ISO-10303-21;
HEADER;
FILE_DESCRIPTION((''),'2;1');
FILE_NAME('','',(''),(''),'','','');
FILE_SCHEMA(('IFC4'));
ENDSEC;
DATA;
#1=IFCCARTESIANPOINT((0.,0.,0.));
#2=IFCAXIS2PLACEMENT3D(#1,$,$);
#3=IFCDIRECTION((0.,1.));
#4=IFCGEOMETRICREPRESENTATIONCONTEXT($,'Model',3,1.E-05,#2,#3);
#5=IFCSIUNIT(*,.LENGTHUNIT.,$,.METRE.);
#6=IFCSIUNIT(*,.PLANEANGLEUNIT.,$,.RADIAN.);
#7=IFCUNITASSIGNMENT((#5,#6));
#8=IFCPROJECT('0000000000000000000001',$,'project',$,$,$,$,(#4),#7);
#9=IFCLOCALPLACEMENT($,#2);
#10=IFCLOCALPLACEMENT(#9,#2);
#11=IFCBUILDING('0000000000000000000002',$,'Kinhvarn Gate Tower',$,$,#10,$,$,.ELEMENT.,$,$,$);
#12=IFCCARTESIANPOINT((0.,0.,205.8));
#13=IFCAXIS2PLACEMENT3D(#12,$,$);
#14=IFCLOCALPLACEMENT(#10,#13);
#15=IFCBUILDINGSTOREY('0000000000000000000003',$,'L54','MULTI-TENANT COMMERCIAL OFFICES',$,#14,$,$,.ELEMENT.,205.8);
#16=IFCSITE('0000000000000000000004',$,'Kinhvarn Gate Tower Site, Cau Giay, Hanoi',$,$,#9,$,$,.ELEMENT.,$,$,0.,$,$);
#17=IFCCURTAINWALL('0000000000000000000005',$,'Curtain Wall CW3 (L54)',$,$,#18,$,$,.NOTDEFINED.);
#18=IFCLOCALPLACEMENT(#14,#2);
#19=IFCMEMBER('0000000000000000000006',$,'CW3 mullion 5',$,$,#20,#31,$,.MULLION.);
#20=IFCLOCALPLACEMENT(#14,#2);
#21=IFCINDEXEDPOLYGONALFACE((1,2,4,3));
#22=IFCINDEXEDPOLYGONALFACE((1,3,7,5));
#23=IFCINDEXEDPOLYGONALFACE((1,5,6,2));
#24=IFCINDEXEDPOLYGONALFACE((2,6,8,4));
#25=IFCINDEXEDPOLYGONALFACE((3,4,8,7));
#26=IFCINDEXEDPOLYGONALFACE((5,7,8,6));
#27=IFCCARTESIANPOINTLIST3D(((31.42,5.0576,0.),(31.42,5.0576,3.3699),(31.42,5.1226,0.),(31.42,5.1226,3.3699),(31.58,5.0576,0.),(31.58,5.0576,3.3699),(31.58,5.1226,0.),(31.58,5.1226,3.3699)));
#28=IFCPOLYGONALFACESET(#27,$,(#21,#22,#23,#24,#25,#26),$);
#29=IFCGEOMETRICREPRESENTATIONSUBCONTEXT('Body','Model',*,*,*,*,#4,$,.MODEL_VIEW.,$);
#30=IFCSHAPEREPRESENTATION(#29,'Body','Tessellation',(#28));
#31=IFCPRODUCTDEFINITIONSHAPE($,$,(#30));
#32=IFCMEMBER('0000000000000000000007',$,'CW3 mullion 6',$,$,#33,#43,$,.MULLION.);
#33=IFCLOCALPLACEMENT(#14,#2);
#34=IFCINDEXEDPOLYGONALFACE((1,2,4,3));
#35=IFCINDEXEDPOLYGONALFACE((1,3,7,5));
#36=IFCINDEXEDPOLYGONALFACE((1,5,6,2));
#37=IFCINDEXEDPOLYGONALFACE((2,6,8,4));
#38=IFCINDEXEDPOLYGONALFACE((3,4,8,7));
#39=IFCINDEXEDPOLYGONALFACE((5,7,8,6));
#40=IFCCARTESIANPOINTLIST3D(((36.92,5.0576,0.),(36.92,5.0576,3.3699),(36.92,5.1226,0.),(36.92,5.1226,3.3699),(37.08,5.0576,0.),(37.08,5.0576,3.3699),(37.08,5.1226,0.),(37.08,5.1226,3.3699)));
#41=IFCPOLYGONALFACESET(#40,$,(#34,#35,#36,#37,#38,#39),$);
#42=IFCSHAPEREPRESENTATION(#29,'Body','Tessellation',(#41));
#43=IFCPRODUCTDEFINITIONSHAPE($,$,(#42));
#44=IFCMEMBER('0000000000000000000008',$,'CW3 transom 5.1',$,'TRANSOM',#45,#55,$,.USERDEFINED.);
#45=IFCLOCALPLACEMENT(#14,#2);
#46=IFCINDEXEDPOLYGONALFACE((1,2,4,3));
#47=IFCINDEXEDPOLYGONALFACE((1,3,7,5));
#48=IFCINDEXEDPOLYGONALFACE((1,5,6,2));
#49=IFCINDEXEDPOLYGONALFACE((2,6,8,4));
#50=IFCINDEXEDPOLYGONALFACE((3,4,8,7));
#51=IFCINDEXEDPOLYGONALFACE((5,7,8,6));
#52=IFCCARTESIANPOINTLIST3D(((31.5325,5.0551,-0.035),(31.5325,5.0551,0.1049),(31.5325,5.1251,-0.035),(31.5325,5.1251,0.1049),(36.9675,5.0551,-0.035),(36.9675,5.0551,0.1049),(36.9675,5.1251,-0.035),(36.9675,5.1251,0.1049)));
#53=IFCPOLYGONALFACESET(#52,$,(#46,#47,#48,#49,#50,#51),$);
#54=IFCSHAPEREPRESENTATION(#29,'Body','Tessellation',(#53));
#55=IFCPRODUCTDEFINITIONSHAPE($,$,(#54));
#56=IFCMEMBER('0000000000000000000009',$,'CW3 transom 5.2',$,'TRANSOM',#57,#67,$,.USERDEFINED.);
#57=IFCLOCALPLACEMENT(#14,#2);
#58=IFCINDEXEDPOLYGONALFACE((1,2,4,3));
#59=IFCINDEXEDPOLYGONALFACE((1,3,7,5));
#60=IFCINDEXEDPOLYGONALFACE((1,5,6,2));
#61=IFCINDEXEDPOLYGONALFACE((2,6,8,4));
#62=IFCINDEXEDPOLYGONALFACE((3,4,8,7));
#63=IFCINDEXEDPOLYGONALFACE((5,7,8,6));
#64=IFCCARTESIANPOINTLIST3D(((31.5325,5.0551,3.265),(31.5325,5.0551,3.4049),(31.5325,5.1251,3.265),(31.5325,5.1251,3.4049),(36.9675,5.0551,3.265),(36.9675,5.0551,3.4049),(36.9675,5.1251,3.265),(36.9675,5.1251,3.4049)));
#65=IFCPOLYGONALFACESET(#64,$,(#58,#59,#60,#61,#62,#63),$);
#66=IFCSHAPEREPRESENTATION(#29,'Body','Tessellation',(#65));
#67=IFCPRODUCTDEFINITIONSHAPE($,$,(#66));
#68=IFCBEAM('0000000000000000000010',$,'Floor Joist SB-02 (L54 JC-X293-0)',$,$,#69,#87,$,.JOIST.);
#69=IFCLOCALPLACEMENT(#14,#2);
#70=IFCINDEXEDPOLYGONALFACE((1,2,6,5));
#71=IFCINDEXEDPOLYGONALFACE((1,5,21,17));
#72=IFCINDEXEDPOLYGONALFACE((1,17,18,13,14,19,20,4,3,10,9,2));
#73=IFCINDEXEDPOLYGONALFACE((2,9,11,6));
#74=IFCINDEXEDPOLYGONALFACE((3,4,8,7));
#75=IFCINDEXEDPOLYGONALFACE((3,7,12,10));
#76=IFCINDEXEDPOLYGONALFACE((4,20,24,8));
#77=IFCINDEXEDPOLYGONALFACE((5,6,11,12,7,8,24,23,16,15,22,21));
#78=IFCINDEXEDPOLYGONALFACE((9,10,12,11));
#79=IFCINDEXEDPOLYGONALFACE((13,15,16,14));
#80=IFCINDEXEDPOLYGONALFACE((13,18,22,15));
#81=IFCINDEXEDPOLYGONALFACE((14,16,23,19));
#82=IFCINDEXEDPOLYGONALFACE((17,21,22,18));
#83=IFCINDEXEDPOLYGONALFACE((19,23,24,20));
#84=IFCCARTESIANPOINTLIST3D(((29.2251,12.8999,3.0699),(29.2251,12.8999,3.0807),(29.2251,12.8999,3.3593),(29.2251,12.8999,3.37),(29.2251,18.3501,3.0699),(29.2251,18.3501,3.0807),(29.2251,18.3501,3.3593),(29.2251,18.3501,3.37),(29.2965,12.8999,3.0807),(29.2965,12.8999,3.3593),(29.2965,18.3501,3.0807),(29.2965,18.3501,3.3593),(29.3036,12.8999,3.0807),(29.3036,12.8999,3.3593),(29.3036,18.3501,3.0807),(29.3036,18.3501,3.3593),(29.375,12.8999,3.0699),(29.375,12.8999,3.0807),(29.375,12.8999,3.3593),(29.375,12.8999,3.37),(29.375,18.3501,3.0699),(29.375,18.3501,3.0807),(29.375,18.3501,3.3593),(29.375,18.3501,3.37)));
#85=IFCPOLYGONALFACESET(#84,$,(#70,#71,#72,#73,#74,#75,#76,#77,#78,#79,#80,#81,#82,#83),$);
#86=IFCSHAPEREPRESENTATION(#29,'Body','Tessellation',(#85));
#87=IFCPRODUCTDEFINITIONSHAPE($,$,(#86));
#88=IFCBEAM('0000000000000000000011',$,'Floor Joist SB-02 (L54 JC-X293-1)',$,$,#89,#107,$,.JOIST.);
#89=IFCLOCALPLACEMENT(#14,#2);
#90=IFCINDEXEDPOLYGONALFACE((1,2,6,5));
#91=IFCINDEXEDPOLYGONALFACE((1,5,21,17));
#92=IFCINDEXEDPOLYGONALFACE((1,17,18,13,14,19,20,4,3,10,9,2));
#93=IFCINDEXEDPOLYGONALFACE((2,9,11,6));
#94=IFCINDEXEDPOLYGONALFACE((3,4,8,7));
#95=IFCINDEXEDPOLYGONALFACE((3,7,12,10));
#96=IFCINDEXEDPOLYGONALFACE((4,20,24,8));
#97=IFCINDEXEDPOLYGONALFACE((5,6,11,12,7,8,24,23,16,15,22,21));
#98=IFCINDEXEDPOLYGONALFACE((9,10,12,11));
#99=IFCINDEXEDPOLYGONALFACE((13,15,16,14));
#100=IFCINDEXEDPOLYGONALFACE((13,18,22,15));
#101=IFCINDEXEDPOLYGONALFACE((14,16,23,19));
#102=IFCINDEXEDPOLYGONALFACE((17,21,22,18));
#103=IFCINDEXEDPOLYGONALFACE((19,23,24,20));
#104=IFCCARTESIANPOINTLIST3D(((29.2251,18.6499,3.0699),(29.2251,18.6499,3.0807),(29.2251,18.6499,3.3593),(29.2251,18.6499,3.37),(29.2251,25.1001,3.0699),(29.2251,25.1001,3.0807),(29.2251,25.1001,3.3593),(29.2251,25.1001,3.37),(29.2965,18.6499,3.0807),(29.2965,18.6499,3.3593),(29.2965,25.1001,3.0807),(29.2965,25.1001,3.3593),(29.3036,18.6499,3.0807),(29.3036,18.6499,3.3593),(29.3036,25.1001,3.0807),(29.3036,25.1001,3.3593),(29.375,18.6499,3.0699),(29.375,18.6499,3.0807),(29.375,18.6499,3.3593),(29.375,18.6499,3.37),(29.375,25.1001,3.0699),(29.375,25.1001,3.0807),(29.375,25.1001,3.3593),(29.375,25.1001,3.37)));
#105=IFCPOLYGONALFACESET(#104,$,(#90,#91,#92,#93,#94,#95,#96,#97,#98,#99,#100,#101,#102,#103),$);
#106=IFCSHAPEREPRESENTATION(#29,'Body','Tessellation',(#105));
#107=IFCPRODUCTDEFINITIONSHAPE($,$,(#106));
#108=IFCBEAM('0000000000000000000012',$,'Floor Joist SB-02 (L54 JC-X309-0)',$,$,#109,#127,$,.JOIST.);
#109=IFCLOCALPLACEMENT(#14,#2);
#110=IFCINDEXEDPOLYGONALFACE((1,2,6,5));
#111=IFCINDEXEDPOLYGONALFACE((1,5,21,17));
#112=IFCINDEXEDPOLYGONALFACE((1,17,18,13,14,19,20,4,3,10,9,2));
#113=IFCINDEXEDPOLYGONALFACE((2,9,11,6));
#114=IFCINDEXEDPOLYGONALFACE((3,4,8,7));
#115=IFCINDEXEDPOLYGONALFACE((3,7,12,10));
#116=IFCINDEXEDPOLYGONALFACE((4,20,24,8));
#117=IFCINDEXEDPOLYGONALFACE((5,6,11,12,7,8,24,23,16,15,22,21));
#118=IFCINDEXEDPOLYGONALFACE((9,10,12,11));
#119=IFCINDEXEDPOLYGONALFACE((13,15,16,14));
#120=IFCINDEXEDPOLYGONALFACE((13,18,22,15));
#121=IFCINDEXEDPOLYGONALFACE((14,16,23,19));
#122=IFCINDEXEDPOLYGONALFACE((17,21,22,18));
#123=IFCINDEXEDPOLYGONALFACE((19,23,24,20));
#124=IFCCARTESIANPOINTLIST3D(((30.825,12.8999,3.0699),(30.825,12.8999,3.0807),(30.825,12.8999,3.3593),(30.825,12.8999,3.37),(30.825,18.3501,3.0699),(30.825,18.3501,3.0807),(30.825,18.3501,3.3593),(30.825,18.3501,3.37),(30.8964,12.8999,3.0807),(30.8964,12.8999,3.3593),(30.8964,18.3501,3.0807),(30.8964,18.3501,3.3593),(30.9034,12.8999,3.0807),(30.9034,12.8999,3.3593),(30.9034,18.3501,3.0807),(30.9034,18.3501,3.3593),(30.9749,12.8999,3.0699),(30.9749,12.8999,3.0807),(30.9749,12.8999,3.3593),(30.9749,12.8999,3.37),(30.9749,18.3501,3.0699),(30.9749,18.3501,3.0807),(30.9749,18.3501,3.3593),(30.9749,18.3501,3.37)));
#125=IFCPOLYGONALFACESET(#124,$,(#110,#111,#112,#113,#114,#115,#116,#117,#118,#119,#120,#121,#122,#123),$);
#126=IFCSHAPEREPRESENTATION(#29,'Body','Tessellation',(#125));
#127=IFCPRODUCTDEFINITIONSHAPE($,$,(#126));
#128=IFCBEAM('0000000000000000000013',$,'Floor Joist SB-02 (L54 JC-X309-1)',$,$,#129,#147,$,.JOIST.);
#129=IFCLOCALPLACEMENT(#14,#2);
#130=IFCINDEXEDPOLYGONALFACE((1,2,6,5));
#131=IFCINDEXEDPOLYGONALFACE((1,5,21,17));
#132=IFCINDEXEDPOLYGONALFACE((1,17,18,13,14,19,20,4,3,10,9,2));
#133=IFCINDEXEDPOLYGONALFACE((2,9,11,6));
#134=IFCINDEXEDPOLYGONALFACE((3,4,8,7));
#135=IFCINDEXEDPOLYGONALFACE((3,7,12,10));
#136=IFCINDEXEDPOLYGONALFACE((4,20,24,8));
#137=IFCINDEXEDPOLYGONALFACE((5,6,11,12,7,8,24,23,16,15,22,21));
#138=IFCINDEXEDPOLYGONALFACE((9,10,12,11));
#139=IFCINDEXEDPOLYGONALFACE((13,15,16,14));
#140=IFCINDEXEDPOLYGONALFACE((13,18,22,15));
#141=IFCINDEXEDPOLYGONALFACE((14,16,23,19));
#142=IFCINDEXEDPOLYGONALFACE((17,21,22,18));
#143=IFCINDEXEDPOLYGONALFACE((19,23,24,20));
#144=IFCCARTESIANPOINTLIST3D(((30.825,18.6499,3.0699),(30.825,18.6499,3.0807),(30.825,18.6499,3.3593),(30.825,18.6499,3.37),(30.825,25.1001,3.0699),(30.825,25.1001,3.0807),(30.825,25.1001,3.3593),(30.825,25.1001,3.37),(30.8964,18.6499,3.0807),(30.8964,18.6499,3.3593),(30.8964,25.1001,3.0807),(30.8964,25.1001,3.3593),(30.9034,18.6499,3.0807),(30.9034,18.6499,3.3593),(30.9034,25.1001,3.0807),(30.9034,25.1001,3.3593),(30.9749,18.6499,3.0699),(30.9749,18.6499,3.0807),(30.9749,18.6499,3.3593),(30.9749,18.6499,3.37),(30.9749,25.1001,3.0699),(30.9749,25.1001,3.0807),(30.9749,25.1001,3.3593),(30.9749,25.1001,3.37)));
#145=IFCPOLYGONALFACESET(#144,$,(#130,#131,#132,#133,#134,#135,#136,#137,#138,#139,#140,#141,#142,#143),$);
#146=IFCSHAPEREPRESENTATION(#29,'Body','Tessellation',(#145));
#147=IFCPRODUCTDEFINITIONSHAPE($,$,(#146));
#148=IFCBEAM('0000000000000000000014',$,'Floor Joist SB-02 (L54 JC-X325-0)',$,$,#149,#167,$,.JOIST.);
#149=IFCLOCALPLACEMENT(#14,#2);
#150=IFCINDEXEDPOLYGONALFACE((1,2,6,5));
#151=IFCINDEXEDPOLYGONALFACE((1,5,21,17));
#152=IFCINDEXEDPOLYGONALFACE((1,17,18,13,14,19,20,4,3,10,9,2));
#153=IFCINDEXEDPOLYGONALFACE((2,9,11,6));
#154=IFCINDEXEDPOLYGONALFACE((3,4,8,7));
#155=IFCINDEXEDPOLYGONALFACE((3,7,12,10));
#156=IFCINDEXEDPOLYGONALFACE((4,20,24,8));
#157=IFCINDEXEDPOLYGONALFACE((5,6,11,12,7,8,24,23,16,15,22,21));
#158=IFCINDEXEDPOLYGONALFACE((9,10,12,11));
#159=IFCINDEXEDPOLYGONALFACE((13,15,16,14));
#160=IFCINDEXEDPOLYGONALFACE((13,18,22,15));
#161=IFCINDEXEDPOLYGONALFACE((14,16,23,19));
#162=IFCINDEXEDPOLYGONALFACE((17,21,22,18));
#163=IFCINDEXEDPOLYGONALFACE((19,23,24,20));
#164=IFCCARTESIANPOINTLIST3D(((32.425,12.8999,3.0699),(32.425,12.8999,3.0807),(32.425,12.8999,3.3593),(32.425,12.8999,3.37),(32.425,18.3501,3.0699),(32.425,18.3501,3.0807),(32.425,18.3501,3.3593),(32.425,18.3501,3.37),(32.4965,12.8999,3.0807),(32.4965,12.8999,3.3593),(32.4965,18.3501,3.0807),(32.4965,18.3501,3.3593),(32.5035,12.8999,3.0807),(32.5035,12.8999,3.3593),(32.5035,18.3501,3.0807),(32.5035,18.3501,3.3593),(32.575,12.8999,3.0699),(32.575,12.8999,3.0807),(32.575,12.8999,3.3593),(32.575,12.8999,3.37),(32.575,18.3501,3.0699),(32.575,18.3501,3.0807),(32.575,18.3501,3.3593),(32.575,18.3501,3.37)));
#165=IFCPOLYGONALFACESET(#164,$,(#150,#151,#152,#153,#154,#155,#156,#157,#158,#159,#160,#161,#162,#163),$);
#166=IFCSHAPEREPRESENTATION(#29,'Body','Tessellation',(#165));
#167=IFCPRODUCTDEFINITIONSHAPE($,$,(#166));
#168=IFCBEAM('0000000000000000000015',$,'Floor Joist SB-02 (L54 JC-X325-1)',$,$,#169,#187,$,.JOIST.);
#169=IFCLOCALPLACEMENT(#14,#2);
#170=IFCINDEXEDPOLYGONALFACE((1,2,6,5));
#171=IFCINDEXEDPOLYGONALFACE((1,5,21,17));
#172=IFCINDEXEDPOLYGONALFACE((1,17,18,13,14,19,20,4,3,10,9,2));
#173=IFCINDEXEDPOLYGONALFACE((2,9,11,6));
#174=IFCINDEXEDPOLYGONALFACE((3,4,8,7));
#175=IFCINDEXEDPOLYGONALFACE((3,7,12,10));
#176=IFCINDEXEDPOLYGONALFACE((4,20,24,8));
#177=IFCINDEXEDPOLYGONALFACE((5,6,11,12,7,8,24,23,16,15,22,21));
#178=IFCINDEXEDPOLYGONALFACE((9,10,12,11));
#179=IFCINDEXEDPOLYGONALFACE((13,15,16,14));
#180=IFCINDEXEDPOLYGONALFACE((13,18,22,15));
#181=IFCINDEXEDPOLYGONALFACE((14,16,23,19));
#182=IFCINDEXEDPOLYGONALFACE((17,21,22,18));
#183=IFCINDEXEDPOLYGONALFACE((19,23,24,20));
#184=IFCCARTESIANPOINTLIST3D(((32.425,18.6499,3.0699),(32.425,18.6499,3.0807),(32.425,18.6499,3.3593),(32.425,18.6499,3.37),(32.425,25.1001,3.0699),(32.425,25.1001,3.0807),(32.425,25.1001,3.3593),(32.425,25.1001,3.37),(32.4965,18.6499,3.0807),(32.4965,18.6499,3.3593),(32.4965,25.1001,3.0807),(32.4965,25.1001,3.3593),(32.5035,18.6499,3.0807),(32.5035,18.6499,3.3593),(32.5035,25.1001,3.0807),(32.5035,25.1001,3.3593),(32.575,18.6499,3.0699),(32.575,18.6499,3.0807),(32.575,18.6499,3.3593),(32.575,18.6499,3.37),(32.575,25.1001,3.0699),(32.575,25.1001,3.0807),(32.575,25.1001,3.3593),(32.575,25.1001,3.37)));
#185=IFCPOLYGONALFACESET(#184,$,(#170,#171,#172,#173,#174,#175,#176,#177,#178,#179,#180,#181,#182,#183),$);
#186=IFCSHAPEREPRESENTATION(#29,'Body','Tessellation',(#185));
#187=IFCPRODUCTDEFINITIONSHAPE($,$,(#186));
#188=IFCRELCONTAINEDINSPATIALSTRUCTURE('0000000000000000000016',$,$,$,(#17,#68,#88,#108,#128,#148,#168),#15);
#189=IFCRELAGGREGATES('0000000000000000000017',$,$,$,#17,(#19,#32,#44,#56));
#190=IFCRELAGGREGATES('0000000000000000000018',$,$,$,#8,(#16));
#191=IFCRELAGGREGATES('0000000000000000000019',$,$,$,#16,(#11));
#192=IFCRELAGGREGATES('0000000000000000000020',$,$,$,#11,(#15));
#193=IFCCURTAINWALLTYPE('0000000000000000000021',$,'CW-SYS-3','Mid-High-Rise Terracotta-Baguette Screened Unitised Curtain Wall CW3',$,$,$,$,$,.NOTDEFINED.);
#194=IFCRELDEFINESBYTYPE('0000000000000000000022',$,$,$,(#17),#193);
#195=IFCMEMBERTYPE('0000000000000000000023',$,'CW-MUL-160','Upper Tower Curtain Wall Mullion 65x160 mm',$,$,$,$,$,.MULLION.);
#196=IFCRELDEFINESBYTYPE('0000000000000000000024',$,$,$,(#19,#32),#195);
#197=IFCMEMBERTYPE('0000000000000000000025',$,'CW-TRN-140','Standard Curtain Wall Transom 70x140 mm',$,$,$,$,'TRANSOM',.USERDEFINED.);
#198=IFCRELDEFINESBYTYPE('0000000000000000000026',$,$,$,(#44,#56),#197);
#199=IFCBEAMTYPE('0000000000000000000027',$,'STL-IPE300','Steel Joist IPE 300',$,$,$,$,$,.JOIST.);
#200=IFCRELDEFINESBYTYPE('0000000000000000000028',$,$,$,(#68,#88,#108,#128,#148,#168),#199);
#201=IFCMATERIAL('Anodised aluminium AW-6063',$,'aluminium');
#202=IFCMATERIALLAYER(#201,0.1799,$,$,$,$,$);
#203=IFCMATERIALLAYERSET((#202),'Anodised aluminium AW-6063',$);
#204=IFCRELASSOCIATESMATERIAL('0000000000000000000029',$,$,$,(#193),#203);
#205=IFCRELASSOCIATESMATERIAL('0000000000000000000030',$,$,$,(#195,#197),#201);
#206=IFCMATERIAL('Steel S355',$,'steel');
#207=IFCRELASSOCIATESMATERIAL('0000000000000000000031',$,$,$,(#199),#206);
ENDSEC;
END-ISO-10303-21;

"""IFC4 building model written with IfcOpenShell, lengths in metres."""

from ifc_helpers import new_model, si_unit, direction, frame, origin, origin_2d, place, context, subcontext, project, spatial, rectangle, i_section, extrude, material, layer, layer_set, material_profile, profile_set, type_object, element, aggregate, save


model = new_model("IFC4")

# Units and contexts
model_context = context("Model", 3, precision=1e-05, world=origin(), true_north=direction((0.0, 1.0)))
body_context = subcontext(model_context, "Body", "Model", "MODEL_VIEW")
ifc_project = project(units=[si_unit("LENGTHUNIT", "METRE"), si_unit("PLANEANGLEUNIT", "RADIAN")], contexts=[model_context])

# Site, building, storey
site_placement = place(None, origin())
site = spatial("IfcSite", under=ifc_project, at=site_placement, Name="Kinhvarn Gate Tower Site, Cau Giay, Hanoi", CompositionType="ELEMENT", RefElevation=0.0)
building_placement = place(site_placement, origin())
building = spatial("IfcBuilding", under=site, at=building_placement, Name="Kinhvarn Gate Tower", CompositionType="ELEMENT")
storey_placement = place(building_placement, frame((0.0, 0.0, 205.8)))
storey = spatial("IfcBuildingStorey", under=building, at=storey_placement, Name="L54", Description="MULTI-TENANT COMMERCIAL OFFICES", CompositionType="ELEMENT", Elevation=205.8)

# Curtain wall, members
ifc_material_1 = material(Name="Anodised aluminium AW-6063", Category="aluminium")
ifc_layer_1 = layer(ifc_material_1, 0.1799)
ifc_layer_set_1 = layer_set([ifc_layer_1], Name="Anodised aluminium AW-6063")
curtain_wall_type = type_object("IfcCurtainWallType", Name="CW-SYS-3", Description="Mid-High-Rise Terracotta-Baguette Screened Unitised Curtain Wall CW3", PredefinedType="NOTDEFINED", material=ifc_layer_set_1)
curtain_wall_placement = place(storey_placement, origin())
curtain_wall = element("IfcCurtainWall", 1, at=curtain_wall_placement, inside=storey, type_object=curtain_wall_type, Name="Curtain Wall CW3 (L54)", PredefinedType="NOTDEFINED")
ifc_material_profile_1 = material_profile(ifc_material_1, rectangle(XDim=0.0649, YDim=0.1599, at=origin_2d()), Name="ALU 65x160")
ifc_profile_set_1 = profile_set([ifc_material_profile_1], Name="Anodised aluminium AW-6063")
member_type_1 = type_object("IfcMemberType", Name="CW-MUL-160", Description="Upper Tower Curtain Wall Mullion 65x160 mm", PredefinedType="MULLION", material=ifc_profile_set_1)
member_1_placement = place(storey_placement, frame((31.5, 5.0901, 0.0), z_axis=(0.0, 0.0, 1.0), x_axis=(0.0, 1.0, 0.0)))
member_1 = element("IfcMember", 2, at=member_1_placement, type_object=member_type_1, Name="CW3 mullion 5", PredefinedType="MULLION", context=body_context, shape_type="SweptSolid", body=[
    extrude(rectangle(XDim=0.0649, YDim=0.1599, at=origin_2d()), origin(), (0.0, 0.0, 1.0), 3.3699),
])
member_2_placement = place(storey_placement, frame((37.0, 5.0901, 0.0), z_axis=(0.0, 0.0, 1.0), x_axis=(0.0, 1.0, 0.0)))
member_2 = element("IfcMember", 3, at=member_2_placement, type_object=member_type_1, Name="CW3 mullion 6", PredefinedType="MULLION", context=body_context, shape_type="SweptSolid", body=[
    extrude(rectangle(XDim=0.0649, YDim=0.1599, at=origin_2d()), origin(), (0.0, 0.0, 1.0), 3.3699),
])
ifc_material_profile_2 = material_profile(ifc_material_1, rectangle(XDim=0.0701, YDim=0.1399, at=origin_2d()), Name="ALU 70x140")
ifc_profile_set_2 = profile_set([ifc_material_profile_2], Name="Anodised aluminium AW-6063")
member_type_2 = type_object("IfcMemberType", Name="CW-TRN-140", Description="Standard Curtain Wall Transom 70x140 mm", ElementType="TRANSOM", PredefinedType="USERDEFINED", material=ifc_profile_set_2)
member_3_placement = place(storey_placement, frame((31.5325, 5.0901, 0.0349), z_axis=(1.0, 0.0, 0.0), x_axis=(0.0, 1.0, 0.0)))
member_3 = element("IfcMember", 4, at=member_3_placement, type_object=member_type_2, Name="CW3 transom 5.1", ObjectType="TRANSOM", PredefinedType="USERDEFINED", context=body_context, shape_type="SweptSolid", body=[
    extrude(rectangle(XDim=0.0701, YDim=0.1399, at=origin_2d()), origin(), (0.0, 0.0, 1.0), 5.4351),
])
member_4_placement = place(storey_placement, frame((31.5325, 5.0901, 3.335), z_axis=(1.0, 0.0, 0.0), x_axis=(0.0, 1.0, 0.0)))
member_4 = element("IfcMember", 5, at=member_4_placement, type_object=member_type_2, Name="CW3 transom 5.2", ObjectType="TRANSOM", PredefinedType="USERDEFINED", context=body_context, shape_type="SweptSolid", body=[
    extrude(rectangle(XDim=0.0701, YDim=0.1399, at=origin_2d()), origin(), (0.0, 0.0, 1.0), 5.4351),
])

# Beams
ifc_material_2 = material(Name="Steel S355", Category="steel")
ifc_material_profile_3 = material_profile(ifc_material_2, i_section(OverallWidth=0.1499, OverallDepth=0.3, WebThickness=0.0071, FlangeThickness=0.0107, at=origin_2d()), Name="IPE 300")
ifc_profile_set_3 = profile_set([ifc_material_profile_3], Name="Steel S355")
beam_type = type_object("IfcBeamType", Name="STL-IPE300", Description="Steel Joist IPE 300", PredefinedType="JOIST", material=ifc_profile_set_3)
beam_1_placement = place(storey_placement, frame((29.3, 12.8999, 3.22), z_axis=(0.0, 1.0, 0.0), x_axis=(-1.0, 0.0, 0.0)))
element("IfcBeam", 6, at=beam_1_placement, inside=storey, type_object=beam_type, Name="Floor Joist SB-02 (L54 JC-X293-0)", PredefinedType="JOIST", context=body_context, shape_type="SweptSolid", body=[
    extrude(i_section(OverallWidth=0.1499, OverallDepth=0.3, WebThickness=0.0071, FlangeThickness=0.0107, at=origin_2d()), origin(), (0.0, 0.0, 1.0), 5.4502),
])
beam_2_placement = place(storey_placement, frame((29.3, 18.6499, 3.22), z_axis=(0.0, 1.0, 0.0), x_axis=(-1.0, 0.0, 0.0)))
element("IfcBeam", 7, at=beam_2_placement, inside=storey, type_object=beam_type, Name="Floor Joist SB-02 (L54 JC-X293-1)", PredefinedType="JOIST", context=body_context, shape_type="SweptSolid", body=[
    extrude(i_section(OverallWidth=0.1499, OverallDepth=0.3, WebThickness=0.0071, FlangeThickness=0.0107, at=origin_2d()), origin(), (0.0, 0.0, 1.0), 6.4502),
])
beam_3_placement = place(storey_placement, frame((30.8999, 12.8999, 3.22), z_axis=(0.0, 1.0, 0.0), x_axis=(-1.0, 0.0, 0.0)))
element("IfcBeam", 8, at=beam_3_placement, inside=storey, type_object=beam_type, Name="Floor Joist SB-02 (L54 JC-X309-0)", PredefinedType="JOIST", context=body_context, shape_type="SweptSolid", body=[
    extrude(i_section(OverallWidth=0.1499, OverallDepth=0.3, WebThickness=0.0071, FlangeThickness=0.0107, at=origin_2d()), origin(), (0.0, 0.0, 1.0), 5.4502),
])
beam_4_placement = place(storey_placement, frame((30.8999, 18.6499, 3.22), z_axis=(0.0, 1.0, 0.0), x_axis=(-1.0, 0.0, 0.0)))
element("IfcBeam", 9, at=beam_4_placement, inside=storey, type_object=beam_type, Name="Floor Joist SB-02 (L54 JC-X309-1)", PredefinedType="JOIST", context=body_context, shape_type="SweptSolid", body=[
    extrude(i_section(OverallWidth=0.1499, OverallDepth=0.3, WebThickness=0.0071, FlangeThickness=0.0107, at=origin_2d()), origin(), (0.0, 0.0, 1.0), 6.4502),
])
beam_5_placement = place(storey_placement, frame((32.5, 12.8999, 3.22), z_axis=(0.0, 1.0, 0.0), x_axis=(-1.0, 0.0, 0.0)))
element("IfcBeam", 10, at=beam_5_placement, inside=storey, type_object=beam_type, Name="Floor Joist SB-02 (L54 JC-X325-0)", PredefinedType="JOIST", context=body_context, shape_type="SweptSolid", body=[
    extrude(i_section(OverallWidth=0.1499, OverallDepth=0.3, WebThickness=0.0071, FlangeThickness=0.0107, at=origin_2d()), origin(), (0.0, 0.0, 1.0), 5.4502),
])
beam_6_placement = place(storey_placement, frame((32.5, 18.6499, 3.22), z_axis=(0.0, 1.0, 0.0), x_axis=(-1.0, 0.0, 0.0)))
element("IfcBeam", 11, at=beam_6_placement, inside=storey, type_object=beam_type, Name="Floor Joist SB-02 (L54 JC-X325-1)", PredefinedType="JOIST", context=body_context, shape_type="SweptSolid", body=[
    extrude(i_section(OverallWidth=0.1499, OverallDepth=0.3, WebThickness=0.0071, FlangeThickness=0.0107, at=origin_2d()), origin(), (0.0, 0.0, 1.0), 6.4502),
])

aggregate(curtain_wall, [member_1, member_2, member_3, member_4])

save(model, "model.ifc")
